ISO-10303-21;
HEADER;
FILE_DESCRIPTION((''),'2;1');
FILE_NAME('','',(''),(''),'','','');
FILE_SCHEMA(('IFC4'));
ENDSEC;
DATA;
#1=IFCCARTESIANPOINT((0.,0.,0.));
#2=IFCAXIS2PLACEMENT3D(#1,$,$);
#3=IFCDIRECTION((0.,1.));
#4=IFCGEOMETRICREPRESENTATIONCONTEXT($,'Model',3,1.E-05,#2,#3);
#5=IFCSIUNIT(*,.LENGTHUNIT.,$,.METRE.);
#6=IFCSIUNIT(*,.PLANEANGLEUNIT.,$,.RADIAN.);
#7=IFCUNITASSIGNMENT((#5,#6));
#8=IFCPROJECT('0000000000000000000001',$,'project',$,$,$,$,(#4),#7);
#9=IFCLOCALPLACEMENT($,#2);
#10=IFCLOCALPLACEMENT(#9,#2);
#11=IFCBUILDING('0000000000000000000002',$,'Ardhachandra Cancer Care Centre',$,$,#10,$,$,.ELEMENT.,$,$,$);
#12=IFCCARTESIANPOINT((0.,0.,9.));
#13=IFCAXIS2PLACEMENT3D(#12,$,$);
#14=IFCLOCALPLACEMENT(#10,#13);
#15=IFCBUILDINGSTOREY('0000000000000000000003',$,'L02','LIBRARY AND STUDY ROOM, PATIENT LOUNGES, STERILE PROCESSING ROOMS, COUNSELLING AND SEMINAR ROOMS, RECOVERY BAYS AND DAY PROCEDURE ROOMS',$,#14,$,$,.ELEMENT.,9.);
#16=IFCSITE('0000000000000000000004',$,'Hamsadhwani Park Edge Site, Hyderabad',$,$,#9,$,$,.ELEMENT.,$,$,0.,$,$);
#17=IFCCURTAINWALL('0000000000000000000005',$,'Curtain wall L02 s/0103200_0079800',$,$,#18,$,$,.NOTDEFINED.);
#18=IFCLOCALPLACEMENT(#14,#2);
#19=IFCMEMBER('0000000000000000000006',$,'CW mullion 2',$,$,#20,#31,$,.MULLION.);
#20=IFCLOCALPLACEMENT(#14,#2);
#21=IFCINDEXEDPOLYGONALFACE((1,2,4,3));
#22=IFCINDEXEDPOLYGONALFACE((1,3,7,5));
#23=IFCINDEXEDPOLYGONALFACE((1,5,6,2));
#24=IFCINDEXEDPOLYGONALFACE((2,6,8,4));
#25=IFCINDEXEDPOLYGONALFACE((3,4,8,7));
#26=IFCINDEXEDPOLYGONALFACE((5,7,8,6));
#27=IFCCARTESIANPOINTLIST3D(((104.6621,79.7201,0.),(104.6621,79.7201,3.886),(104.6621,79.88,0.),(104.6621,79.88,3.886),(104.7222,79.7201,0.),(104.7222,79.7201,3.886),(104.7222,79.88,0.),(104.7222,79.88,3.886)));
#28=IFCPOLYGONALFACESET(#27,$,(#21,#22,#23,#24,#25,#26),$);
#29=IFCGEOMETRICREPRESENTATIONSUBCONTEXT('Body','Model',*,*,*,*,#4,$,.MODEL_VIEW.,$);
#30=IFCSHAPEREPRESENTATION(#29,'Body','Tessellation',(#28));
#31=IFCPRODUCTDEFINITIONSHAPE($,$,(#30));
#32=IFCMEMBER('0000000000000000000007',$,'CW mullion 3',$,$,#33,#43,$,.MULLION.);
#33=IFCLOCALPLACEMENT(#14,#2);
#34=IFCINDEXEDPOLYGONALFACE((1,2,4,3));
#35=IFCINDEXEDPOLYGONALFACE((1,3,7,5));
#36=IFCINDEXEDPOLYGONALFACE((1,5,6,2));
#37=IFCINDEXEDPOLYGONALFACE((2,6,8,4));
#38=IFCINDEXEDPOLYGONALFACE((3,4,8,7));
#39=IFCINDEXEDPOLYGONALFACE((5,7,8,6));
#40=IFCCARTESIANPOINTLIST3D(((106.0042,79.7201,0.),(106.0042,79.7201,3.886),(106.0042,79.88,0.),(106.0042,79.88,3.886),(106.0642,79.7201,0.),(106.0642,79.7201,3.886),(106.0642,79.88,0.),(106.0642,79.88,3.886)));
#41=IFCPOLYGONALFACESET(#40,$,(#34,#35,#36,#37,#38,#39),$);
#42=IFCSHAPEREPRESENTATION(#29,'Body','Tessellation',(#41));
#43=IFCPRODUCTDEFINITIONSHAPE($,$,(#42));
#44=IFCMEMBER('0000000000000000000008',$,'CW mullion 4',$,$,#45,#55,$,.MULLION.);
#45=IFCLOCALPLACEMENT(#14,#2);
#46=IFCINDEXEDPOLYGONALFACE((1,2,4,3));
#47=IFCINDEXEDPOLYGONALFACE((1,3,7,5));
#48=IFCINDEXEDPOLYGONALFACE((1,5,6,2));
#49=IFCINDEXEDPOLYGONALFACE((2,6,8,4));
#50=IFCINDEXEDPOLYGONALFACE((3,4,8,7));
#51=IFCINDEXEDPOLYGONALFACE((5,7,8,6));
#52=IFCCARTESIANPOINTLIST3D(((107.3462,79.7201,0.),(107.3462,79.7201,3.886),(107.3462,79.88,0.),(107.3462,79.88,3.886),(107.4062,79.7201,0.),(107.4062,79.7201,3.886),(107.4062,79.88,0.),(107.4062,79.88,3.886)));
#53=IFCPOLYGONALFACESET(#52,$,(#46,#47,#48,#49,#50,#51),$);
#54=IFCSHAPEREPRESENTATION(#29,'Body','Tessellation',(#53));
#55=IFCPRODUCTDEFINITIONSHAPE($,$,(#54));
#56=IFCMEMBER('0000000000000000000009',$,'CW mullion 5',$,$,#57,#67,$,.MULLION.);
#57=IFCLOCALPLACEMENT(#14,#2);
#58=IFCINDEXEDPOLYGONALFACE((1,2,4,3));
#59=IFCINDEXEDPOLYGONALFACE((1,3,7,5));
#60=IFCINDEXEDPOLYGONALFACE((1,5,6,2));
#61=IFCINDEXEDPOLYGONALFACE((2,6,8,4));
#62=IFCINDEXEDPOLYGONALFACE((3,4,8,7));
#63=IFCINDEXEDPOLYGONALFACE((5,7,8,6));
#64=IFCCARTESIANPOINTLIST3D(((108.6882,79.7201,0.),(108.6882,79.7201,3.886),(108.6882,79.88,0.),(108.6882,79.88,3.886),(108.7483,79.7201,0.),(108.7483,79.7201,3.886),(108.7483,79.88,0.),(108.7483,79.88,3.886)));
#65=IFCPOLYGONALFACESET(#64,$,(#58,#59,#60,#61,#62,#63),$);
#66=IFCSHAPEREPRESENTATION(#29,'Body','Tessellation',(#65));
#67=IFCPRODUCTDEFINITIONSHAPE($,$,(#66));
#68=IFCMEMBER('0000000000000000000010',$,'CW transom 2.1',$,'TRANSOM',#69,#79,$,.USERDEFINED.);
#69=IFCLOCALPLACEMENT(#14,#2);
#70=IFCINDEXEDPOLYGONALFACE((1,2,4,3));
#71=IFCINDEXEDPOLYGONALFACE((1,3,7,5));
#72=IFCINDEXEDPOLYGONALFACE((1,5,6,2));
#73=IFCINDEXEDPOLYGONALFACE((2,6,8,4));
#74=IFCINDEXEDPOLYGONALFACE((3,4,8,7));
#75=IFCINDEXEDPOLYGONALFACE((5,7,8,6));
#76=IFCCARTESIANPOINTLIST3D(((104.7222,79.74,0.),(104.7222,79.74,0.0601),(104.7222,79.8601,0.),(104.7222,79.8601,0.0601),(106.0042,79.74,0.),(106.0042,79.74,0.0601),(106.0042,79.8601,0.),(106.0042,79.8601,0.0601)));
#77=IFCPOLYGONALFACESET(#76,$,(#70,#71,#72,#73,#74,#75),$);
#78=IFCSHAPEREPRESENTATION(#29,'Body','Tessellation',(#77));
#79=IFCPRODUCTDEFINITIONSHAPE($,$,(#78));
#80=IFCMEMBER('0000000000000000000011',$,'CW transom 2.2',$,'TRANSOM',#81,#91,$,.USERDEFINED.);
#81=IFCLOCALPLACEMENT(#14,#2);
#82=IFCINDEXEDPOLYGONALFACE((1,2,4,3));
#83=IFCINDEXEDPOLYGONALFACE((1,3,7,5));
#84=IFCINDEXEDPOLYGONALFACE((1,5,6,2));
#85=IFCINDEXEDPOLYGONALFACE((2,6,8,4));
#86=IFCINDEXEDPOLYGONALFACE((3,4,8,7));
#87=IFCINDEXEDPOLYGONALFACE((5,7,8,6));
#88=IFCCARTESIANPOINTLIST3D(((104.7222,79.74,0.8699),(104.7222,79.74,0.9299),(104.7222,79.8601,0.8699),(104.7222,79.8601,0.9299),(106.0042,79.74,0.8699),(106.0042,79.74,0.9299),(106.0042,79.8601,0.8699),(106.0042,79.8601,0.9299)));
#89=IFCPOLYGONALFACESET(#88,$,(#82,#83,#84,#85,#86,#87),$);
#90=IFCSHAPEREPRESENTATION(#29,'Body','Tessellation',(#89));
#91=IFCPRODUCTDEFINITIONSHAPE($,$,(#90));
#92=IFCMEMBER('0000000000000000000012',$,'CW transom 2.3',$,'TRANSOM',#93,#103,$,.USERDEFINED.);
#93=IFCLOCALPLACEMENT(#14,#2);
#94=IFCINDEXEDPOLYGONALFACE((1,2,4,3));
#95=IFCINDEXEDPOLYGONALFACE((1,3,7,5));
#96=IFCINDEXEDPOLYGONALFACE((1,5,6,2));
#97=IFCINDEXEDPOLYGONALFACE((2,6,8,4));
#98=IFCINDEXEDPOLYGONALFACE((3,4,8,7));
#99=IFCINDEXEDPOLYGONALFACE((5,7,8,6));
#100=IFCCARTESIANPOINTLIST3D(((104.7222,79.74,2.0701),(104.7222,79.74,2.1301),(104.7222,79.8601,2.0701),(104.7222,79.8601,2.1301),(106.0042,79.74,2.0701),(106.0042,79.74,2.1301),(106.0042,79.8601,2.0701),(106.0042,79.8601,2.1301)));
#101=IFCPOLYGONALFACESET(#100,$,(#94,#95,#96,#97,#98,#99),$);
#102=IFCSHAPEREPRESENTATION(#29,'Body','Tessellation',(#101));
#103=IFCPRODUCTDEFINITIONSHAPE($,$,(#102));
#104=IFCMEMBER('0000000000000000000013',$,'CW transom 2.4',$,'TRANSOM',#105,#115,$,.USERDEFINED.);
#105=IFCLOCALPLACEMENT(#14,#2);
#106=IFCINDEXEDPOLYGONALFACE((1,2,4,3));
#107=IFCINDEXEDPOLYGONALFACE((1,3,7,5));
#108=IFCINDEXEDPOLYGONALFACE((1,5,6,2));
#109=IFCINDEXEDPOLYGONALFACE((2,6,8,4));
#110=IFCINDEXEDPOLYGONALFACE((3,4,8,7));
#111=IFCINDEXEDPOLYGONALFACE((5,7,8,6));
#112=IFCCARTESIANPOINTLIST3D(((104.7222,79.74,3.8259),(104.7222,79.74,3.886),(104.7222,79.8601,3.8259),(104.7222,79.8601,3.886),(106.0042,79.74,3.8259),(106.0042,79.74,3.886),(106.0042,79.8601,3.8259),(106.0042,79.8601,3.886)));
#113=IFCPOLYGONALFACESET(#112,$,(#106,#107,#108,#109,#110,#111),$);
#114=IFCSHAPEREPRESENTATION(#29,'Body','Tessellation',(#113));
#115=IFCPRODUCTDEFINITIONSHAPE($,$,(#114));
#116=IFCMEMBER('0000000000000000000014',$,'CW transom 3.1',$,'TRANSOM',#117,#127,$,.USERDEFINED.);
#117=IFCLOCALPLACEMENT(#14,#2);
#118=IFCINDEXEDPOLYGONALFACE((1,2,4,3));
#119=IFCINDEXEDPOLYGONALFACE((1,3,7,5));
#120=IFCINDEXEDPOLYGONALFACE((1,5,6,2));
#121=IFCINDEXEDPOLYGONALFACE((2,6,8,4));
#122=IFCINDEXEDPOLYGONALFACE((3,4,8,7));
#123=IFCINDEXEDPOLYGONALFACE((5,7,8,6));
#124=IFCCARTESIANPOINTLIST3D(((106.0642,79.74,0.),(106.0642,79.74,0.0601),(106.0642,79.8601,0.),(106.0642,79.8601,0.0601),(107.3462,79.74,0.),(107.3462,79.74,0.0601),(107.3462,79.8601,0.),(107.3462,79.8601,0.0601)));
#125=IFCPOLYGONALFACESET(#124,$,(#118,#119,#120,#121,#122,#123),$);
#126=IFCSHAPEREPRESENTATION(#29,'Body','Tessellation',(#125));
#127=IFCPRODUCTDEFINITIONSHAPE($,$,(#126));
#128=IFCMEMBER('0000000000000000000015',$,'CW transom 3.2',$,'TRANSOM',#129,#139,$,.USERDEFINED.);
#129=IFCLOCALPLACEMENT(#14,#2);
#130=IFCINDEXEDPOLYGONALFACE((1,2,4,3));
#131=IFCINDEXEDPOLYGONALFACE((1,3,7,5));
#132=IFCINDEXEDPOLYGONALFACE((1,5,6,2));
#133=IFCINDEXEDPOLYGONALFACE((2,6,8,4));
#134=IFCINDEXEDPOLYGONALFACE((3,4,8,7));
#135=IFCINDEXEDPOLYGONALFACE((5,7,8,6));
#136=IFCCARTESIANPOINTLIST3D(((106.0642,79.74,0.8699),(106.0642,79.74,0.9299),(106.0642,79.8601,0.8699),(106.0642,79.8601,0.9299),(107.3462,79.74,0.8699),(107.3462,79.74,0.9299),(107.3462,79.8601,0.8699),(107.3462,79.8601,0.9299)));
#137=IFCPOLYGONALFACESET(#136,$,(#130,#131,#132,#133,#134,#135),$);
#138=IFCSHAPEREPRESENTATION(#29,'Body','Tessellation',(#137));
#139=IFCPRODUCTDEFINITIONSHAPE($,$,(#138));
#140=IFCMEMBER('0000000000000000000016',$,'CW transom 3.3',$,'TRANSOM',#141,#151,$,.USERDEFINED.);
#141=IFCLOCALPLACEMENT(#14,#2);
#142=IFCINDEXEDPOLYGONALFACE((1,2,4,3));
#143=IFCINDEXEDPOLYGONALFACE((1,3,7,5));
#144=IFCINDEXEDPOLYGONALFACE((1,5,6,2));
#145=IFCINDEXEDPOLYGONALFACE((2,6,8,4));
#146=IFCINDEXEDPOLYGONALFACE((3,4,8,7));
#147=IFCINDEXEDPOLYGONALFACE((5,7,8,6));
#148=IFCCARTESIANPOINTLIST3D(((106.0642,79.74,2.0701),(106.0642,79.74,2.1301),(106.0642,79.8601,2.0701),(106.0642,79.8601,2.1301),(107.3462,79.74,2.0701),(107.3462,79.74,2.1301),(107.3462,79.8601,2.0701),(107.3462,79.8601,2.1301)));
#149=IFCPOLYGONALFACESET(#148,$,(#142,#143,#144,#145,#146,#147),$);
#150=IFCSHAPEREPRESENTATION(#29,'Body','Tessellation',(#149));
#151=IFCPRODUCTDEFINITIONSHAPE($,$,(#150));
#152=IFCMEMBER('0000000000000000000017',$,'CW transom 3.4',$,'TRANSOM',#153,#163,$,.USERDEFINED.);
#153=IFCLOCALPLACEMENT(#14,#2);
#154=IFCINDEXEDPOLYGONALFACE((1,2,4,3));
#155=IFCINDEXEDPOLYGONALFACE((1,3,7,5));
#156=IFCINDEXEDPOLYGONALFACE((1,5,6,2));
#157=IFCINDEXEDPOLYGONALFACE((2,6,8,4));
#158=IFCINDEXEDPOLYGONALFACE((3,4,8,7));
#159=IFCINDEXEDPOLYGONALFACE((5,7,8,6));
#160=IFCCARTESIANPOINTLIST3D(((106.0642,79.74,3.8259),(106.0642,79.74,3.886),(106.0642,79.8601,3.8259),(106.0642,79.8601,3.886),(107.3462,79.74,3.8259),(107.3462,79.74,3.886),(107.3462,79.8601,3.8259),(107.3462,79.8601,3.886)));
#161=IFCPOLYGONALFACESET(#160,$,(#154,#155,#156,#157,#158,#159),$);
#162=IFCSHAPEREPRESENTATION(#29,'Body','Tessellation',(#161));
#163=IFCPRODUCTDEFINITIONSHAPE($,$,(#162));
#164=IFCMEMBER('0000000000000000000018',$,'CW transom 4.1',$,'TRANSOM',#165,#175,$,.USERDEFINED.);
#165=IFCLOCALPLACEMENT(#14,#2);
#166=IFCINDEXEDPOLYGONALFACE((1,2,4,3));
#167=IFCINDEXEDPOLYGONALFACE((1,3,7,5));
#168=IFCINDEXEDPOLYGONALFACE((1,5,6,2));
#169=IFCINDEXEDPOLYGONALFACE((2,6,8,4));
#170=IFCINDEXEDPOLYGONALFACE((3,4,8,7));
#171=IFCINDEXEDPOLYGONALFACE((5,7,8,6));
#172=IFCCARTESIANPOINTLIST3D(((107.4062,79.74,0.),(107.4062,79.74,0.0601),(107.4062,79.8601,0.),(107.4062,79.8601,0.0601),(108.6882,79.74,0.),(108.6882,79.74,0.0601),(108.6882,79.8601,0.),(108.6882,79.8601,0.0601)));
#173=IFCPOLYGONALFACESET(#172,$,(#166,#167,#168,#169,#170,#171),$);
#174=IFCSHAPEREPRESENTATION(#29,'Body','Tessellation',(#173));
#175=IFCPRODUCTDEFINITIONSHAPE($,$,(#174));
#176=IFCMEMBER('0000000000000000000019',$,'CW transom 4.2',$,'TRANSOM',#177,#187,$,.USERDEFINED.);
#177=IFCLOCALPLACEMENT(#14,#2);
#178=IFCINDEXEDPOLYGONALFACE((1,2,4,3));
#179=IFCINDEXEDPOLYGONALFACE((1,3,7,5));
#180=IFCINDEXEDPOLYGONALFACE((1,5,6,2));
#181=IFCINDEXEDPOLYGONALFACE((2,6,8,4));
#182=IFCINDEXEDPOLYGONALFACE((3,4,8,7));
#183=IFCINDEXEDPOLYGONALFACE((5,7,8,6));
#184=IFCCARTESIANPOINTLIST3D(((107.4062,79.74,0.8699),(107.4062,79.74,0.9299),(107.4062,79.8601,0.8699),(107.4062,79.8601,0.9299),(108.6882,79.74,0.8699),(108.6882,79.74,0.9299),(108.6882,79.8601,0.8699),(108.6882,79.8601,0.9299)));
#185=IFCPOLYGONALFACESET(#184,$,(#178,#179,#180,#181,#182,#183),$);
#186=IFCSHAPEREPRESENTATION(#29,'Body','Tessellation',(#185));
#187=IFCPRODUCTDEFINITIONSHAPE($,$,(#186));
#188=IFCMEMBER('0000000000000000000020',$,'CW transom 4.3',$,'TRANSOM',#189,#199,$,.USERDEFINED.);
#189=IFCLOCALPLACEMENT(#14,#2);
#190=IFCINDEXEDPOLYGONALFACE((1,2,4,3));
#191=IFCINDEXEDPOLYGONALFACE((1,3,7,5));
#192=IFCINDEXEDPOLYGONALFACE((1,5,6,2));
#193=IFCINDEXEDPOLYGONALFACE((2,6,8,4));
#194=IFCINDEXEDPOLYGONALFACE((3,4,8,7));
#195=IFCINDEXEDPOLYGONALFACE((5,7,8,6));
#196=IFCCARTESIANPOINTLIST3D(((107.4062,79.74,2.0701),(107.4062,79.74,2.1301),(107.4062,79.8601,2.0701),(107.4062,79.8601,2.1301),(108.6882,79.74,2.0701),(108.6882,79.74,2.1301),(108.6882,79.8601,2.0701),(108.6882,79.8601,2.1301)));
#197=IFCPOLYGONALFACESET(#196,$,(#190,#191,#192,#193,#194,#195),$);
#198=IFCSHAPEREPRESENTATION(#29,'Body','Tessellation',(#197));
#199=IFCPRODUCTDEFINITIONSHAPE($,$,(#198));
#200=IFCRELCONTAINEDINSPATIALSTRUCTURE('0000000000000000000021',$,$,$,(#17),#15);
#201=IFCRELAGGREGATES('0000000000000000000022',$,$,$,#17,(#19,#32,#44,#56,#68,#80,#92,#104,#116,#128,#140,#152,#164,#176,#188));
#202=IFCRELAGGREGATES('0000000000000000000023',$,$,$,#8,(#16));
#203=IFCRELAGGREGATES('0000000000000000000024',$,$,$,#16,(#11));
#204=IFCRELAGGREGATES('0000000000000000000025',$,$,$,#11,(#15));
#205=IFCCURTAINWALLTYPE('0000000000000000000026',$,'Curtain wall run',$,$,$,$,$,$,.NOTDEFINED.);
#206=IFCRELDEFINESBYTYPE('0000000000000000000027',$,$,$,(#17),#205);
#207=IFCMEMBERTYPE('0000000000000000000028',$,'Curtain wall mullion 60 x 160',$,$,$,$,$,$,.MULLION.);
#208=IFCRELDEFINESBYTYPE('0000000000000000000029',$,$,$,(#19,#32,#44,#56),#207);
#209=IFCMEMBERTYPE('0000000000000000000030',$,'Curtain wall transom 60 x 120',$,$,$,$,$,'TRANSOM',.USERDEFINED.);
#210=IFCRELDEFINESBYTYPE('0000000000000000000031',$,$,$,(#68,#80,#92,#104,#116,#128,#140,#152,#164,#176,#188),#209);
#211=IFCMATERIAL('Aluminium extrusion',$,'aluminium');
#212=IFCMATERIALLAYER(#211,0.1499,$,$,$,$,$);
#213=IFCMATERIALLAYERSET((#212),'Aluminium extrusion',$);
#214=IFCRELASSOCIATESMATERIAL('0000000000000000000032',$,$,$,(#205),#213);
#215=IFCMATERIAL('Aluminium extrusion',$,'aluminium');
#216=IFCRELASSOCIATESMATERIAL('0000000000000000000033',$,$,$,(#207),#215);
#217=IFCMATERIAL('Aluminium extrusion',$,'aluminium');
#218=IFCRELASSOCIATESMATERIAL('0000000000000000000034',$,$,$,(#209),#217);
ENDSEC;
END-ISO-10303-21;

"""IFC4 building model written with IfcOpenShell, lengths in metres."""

from ifc_helpers import new_model, si_unit, direction, frame, origin, origin_2d, place, context, subcontext, project, spatial, rectangle, extrude, material, layer, layer_set, material_profile, profile_set, type_object, element, aggregate, save


model = new_model("IFC4")

# Units and contexts
model_context = context("Model", 3, precision=1e-05, world=origin(), true_north=direction((0.0, 1.0)))
body_context = subcontext(model_context, "Body", "Model", "MODEL_VIEW")
ifc_project = project(units=[si_unit("LENGTHUNIT", "METRE"), si_unit("PLANEANGLEUNIT", "RADIAN")], contexts=[model_context])

# Site, building, storey
site_placement = place(None, origin())
site = spatial("IfcSite", under=ifc_project, at=site_placement, Name="Hamsadhwani Park Edge Site, Hyderabad", CompositionType="ELEMENT", RefElevation=0.0)
building_placement = place(site_placement, origin())
building = spatial("IfcBuilding", under=site, at=building_placement, Name="Ardhachandra Cancer Care Centre", CompositionType="ELEMENT")
storey_placement = place(building_placement, frame((0.0, 0.0, 9.0)))
storey = spatial("IfcBuildingStorey", under=building, at=storey_placement, Name="L02", Description="LIBRARY AND STUDY ROOM, PATIENT LOUNGES, STERILE PROCESSING ROOMS, COUNSELLING AND SEMINAR ROOMS, RECOVERY BAYS AND DAY PROCEDURE ROOMS", CompositionType="ELEMENT", Elevation=9.0)

# Curtain wall, members
ifc_material_1 = material(Name="Aluminium extrusion", Category="aluminium")
ifc_layer_1 = layer(ifc_material_1, 0.1499)
ifc_layer_set_1 = layer_set([ifc_layer_1], Name="Aluminium extrusion")
curtain_wall_type = type_object("IfcCurtainWallType", Name="Curtain wall run", PredefinedType="NOTDEFINED", material=ifc_layer_set_1)
curtain_wall_placement = place(storey_placement, origin())
curtain_wall = element("IfcCurtainWall", 1, at=curtain_wall_placement, inside=storey, type_object=curtain_wall_type, Name="Curtain wall L02 s/0103200_0079800", PredefinedType="NOTDEFINED")
ifc_material_2 = material(Name="Aluminium extrusion", Category="aluminium")
ifc_material_profile_1 = material_profile(ifc_material_2, rectangle(XDim=0.1599, YDim=0.0601, at=origin_2d()), Name="Curtain wall mullion 60 x 160")
ifc_profile_set_1 = profile_set([ifc_material_profile_1], Name="Aluminium extrusion")
member_type_1 = type_object("IfcMemberType", Name="Curtain wall mullion 60 x 160", PredefinedType="MULLION", material=ifc_profile_set_1)
member_1_placement = place(storey_placement, frame((104.6921, 79.8, 0.0), z_axis=(0.0, 0.0, 1.0), x_axis=(0.0, 1.0, 0.0)))
member_1 = element("IfcMember", 2, at=member_1_placement, type_object=member_type_1, Name="CW mullion 2", PredefinedType="MULLION", context=body_context, shape_type="SweptSolid", body=[
    extrude(rectangle(XDim=0.1599, YDim=0.0601, at=origin_2d()), origin(), (0.0, 0.0, 1.0), 3.886),
])
member_2_placement = place(storey_placement, frame((106.0342, 79.8, 0.0), z_axis=(0.0, 0.0, 1.0), x_axis=(0.0, 1.0, 0.0)))
member_2 = element("IfcMember", 3, at=member_2_placement, type_object=member_type_1, Name="CW mullion 3", PredefinedType="MULLION", context=body_context, shape_type="SweptSolid", body=[
    extrude(rectangle(XDim=0.1599, YDim=0.0601, at=origin_2d()), origin(), (0.0, 0.0, 1.0), 3.886),
])
member_3_placement = place(storey_placement, frame((107.3762, 79.8, 0.0), z_axis=(0.0, 0.0, 1.0), x_axis=(0.0, 1.0, 0.0)))
member_3 = element("IfcMember", 4, at=member_3_placement, type_object=member_type_1, Name="CW mullion 4", PredefinedType="MULLION", context=body_context, shape_type="SweptSolid", body=[
    extrude(rectangle(XDim=0.1599, YDim=0.0601, at=origin_2d()), origin(), (0.0, 0.0, 1.0), 3.886),
])
member_4_placement = place(storey_placement, frame((108.7183, 79.8, 0.0), z_axis=(0.0, 0.0, 1.0), x_axis=(0.0, 1.0, 0.0)))
member_4 = element("IfcMember", 5, at=member_4_placement, type_object=member_type_1, Name="CW mullion 5", PredefinedType="MULLION", context=body_context, shape_type="SweptSolid", body=[
    extrude(rectangle(XDim=0.1599, YDim=0.0601, at=origin_2d()), origin(), (0.0, 0.0, 1.0), 3.886),
])
ifc_material_3 = material(Name="Aluminium extrusion", Category="aluminium")
ifc_material_profile_2 = material_profile(ifc_material_3, rectangle(XDim=0.1201, YDim=0.0601, at=origin_2d()), Name="Curtain wall transom 60 x 120")
ifc_profile_set_2 = profile_set([ifc_material_profile_2], Name="Aluminium extrusion")
member_type_2 = type_object("IfcMemberType", Name="Curtain wall transom 60 x 120", ElementType="TRANSOM", PredefinedType="USERDEFINED", material=ifc_profile_set_2)
member_5_placement = place(storey_placement, frame((104.7222, 79.8, 0.03), z_axis=(1.0, 0.0, 0.0), x_axis=(0.0, 1.0, 0.0)))
member_5 = element("IfcMember", 6, at=member_5_placement, type_object=member_type_2, Name="CW transom 2.1", ObjectType="TRANSOM", PredefinedType="USERDEFINED", context=body_context, shape_type="SweptSolid", body=[
    extrude(rectangle(XDim=0.1201, YDim=0.0601, at=origin_2d()), origin(), (0.0, 0.0, 1.0), 1.282),
])
member_6_placement = place(storey_placement, frame((104.7222, 79.8, 0.8999), z_axis=(1.0, 0.0, 0.0), x_axis=(0.0, 1.0, 0.0)))
member_6 = element("IfcMember", 7, at=member_6_placement, type_object=member_type_2, Name="CW transom 2.2", ObjectType="TRANSOM", PredefinedType="USERDEFINED", context=body_context, shape_type="SweptSolid", body=[
    extrude(rectangle(XDim=0.1201, YDim=0.0601, at=origin_2d()), origin(), (0.0, 0.0, 1.0), 1.282),
])
member_7_placement = place(storey_placement, frame((104.7222, 79.8, 2.1001), z_axis=(1.0, 0.0, 0.0), x_axis=(0.0, 1.0, 0.0)))
member_7 = element("IfcMember", 8, at=member_7_placement, type_object=member_type_2, Name="CW transom 2.3", ObjectType="TRANSOM", PredefinedType="USERDEFINED", context=body_context, shape_type="SweptSolid", body=[
    extrude(rectangle(XDim=0.1201, YDim=0.0601, at=origin_2d()), origin(), (0.0, 0.0, 1.0), 1.282),
])
member_8_placement = place(storey_placement, frame((104.7222, 79.8, 3.856), z_axis=(1.0, 0.0, 0.0), x_axis=(0.0, 1.0, 0.0)))
member_8 = element("IfcMember", 9, at=member_8_placement, type_object=member_type_2, Name="CW transom 2.4", ObjectType="TRANSOM", PredefinedType="USERDEFINED", context=body_context, shape_type="SweptSolid", body=[
    extrude(rectangle(XDim=0.1201, YDim=0.0601, at=origin_2d()), origin(), (0.0, 0.0, 1.0), 1.282),
])
member_9_placement = place(storey_placement, frame((106.0642, 79.8, 0.03), z_axis=(1.0, 0.0, 0.0), x_axis=(0.0, 1.0, 0.0)))
member_9 = element("IfcMember", 10, at=member_9_placement, type_object=member_type_2, Name="CW transom 3.1", ObjectType="TRANSOM", PredefinedType="USERDEFINED", context=body_context, shape_type="SweptSolid", body=[
    extrude(rectangle(XDim=0.1201, YDim=0.0601, at=origin_2d()), origin(), (0.0, 0.0, 1.0), 1.282),
])
member_10_placement = place(storey_placement, frame((106.0642, 79.8, 0.8999), z_axis=(1.0, 0.0, 0.0), x_axis=(0.0, 1.0, 0.0)))
member_10 = element("IfcMember", 11, at=member_10_placement, type_object=member_type_2, Name="CW transom 3.2", ObjectType="TRANSOM", PredefinedType="USERDEFINED", context=body_context, shape_type="SweptSolid", body=[
    extrude(rectangle(XDim=0.1201, YDim=0.0601, at=origin_2d()), origin(), (0.0, 0.0, 1.0), 1.282),
])
member_11_placement = place(storey_placement, frame((106.0642, 79.8, 2.1001), z_axis=(1.0, 0.0, 0.0), x_axis=(0.0, 1.0, 0.0)))
member_11 = element("IfcMember", 12, at=member_11_placement, type_object=member_type_2, Name="CW transom 3.3", ObjectType="TRANSOM", PredefinedType="USERDEFINED", context=body_context, shape_type="SweptSolid", body=[
    extrude(rectangle(XDim=0.1201, YDim=0.0601, at=origin_2d()), origin(), (0.0, 0.0, 1.0), 1.282),
])
member_12_placement = place(storey_placement, frame((106.0642, 79.8, 3.856), z_axis=(1.0, 0.0, 0.0), x_axis=(0.0, 1.0, 0.0)))
member_12 = element("IfcMember", 13, at=member_12_placement, type_object=member_type_2, Name="CW transom 3.4", ObjectType="TRANSOM", PredefinedType="USERDEFINED", context=body_context, shape_type="SweptSolid", body=[
    extrude(rectangle(XDim=0.1201, YDim=0.0601, at=origin_2d()), origin(), (0.0, 0.0, 1.0), 1.282),
])
member_13_placement = place(storey_placement, frame((107.4062, 79.8, 0.03), z_axis=(1.0, 0.0, 0.0), x_axis=(0.0, 1.0, 0.0)))
member_13 = element("IfcMember", 14, at=member_13_placement, type_object=member_type_2, Name="CW transom 4.1", ObjectType="TRANSOM", PredefinedType="USERDEFINED", context=body_context, shape_type="SweptSolid", body=[
    extrude(rectangle(XDim=0.1201, YDim=0.0601, at=origin_2d()), origin(), (0.0, 0.0, 1.0), 1.282),
])
member_14_placement = place(storey_placement, frame((107.4062, 79.8, 0.8999), z_axis=(1.0, 0.0, 0.0), x_axis=(0.0, 1.0, 0.0)))
member_14 = element("IfcMember", 15, at=member_14_placement, type_object=member_type_2, Name="CW transom 4.2", ObjectType="TRANSOM", PredefinedType="USERDEFINED", context=body_context, shape_type="SweptSolid", body=[
    extrude(rectangle(XDim=0.1201, YDim=0.0601, at=origin_2d()), origin(), (0.0, 0.0, 1.0), 1.282),
])
member_15_placement = place(storey_placement, frame((107.4062, 79.8, 2.1001), z_axis=(1.0, 0.0, 0.0), x_axis=(0.0, 1.0, 0.0)))
member_15 = element("IfcMember", 16, at=member_15_placement, type_object=member_type_2, Name="CW transom 4.3", ObjectType="TRANSOM", PredefinedType="USERDEFINED", context=body_context, shape_type="SweptSolid", body=[
    extrude(rectangle(XDim=0.1201, YDim=0.0601, at=origin_2d()), origin(), (0.0, 0.0, 1.0), 1.282),
])

aggregate(curtain_wall, [member_1, member_2, member_3, member_4, member_5, member_6, member_7, member_8, member_9, member_10, member_11, member_12, member_13, member_14, member_15])

save(model, "model.ifc")
